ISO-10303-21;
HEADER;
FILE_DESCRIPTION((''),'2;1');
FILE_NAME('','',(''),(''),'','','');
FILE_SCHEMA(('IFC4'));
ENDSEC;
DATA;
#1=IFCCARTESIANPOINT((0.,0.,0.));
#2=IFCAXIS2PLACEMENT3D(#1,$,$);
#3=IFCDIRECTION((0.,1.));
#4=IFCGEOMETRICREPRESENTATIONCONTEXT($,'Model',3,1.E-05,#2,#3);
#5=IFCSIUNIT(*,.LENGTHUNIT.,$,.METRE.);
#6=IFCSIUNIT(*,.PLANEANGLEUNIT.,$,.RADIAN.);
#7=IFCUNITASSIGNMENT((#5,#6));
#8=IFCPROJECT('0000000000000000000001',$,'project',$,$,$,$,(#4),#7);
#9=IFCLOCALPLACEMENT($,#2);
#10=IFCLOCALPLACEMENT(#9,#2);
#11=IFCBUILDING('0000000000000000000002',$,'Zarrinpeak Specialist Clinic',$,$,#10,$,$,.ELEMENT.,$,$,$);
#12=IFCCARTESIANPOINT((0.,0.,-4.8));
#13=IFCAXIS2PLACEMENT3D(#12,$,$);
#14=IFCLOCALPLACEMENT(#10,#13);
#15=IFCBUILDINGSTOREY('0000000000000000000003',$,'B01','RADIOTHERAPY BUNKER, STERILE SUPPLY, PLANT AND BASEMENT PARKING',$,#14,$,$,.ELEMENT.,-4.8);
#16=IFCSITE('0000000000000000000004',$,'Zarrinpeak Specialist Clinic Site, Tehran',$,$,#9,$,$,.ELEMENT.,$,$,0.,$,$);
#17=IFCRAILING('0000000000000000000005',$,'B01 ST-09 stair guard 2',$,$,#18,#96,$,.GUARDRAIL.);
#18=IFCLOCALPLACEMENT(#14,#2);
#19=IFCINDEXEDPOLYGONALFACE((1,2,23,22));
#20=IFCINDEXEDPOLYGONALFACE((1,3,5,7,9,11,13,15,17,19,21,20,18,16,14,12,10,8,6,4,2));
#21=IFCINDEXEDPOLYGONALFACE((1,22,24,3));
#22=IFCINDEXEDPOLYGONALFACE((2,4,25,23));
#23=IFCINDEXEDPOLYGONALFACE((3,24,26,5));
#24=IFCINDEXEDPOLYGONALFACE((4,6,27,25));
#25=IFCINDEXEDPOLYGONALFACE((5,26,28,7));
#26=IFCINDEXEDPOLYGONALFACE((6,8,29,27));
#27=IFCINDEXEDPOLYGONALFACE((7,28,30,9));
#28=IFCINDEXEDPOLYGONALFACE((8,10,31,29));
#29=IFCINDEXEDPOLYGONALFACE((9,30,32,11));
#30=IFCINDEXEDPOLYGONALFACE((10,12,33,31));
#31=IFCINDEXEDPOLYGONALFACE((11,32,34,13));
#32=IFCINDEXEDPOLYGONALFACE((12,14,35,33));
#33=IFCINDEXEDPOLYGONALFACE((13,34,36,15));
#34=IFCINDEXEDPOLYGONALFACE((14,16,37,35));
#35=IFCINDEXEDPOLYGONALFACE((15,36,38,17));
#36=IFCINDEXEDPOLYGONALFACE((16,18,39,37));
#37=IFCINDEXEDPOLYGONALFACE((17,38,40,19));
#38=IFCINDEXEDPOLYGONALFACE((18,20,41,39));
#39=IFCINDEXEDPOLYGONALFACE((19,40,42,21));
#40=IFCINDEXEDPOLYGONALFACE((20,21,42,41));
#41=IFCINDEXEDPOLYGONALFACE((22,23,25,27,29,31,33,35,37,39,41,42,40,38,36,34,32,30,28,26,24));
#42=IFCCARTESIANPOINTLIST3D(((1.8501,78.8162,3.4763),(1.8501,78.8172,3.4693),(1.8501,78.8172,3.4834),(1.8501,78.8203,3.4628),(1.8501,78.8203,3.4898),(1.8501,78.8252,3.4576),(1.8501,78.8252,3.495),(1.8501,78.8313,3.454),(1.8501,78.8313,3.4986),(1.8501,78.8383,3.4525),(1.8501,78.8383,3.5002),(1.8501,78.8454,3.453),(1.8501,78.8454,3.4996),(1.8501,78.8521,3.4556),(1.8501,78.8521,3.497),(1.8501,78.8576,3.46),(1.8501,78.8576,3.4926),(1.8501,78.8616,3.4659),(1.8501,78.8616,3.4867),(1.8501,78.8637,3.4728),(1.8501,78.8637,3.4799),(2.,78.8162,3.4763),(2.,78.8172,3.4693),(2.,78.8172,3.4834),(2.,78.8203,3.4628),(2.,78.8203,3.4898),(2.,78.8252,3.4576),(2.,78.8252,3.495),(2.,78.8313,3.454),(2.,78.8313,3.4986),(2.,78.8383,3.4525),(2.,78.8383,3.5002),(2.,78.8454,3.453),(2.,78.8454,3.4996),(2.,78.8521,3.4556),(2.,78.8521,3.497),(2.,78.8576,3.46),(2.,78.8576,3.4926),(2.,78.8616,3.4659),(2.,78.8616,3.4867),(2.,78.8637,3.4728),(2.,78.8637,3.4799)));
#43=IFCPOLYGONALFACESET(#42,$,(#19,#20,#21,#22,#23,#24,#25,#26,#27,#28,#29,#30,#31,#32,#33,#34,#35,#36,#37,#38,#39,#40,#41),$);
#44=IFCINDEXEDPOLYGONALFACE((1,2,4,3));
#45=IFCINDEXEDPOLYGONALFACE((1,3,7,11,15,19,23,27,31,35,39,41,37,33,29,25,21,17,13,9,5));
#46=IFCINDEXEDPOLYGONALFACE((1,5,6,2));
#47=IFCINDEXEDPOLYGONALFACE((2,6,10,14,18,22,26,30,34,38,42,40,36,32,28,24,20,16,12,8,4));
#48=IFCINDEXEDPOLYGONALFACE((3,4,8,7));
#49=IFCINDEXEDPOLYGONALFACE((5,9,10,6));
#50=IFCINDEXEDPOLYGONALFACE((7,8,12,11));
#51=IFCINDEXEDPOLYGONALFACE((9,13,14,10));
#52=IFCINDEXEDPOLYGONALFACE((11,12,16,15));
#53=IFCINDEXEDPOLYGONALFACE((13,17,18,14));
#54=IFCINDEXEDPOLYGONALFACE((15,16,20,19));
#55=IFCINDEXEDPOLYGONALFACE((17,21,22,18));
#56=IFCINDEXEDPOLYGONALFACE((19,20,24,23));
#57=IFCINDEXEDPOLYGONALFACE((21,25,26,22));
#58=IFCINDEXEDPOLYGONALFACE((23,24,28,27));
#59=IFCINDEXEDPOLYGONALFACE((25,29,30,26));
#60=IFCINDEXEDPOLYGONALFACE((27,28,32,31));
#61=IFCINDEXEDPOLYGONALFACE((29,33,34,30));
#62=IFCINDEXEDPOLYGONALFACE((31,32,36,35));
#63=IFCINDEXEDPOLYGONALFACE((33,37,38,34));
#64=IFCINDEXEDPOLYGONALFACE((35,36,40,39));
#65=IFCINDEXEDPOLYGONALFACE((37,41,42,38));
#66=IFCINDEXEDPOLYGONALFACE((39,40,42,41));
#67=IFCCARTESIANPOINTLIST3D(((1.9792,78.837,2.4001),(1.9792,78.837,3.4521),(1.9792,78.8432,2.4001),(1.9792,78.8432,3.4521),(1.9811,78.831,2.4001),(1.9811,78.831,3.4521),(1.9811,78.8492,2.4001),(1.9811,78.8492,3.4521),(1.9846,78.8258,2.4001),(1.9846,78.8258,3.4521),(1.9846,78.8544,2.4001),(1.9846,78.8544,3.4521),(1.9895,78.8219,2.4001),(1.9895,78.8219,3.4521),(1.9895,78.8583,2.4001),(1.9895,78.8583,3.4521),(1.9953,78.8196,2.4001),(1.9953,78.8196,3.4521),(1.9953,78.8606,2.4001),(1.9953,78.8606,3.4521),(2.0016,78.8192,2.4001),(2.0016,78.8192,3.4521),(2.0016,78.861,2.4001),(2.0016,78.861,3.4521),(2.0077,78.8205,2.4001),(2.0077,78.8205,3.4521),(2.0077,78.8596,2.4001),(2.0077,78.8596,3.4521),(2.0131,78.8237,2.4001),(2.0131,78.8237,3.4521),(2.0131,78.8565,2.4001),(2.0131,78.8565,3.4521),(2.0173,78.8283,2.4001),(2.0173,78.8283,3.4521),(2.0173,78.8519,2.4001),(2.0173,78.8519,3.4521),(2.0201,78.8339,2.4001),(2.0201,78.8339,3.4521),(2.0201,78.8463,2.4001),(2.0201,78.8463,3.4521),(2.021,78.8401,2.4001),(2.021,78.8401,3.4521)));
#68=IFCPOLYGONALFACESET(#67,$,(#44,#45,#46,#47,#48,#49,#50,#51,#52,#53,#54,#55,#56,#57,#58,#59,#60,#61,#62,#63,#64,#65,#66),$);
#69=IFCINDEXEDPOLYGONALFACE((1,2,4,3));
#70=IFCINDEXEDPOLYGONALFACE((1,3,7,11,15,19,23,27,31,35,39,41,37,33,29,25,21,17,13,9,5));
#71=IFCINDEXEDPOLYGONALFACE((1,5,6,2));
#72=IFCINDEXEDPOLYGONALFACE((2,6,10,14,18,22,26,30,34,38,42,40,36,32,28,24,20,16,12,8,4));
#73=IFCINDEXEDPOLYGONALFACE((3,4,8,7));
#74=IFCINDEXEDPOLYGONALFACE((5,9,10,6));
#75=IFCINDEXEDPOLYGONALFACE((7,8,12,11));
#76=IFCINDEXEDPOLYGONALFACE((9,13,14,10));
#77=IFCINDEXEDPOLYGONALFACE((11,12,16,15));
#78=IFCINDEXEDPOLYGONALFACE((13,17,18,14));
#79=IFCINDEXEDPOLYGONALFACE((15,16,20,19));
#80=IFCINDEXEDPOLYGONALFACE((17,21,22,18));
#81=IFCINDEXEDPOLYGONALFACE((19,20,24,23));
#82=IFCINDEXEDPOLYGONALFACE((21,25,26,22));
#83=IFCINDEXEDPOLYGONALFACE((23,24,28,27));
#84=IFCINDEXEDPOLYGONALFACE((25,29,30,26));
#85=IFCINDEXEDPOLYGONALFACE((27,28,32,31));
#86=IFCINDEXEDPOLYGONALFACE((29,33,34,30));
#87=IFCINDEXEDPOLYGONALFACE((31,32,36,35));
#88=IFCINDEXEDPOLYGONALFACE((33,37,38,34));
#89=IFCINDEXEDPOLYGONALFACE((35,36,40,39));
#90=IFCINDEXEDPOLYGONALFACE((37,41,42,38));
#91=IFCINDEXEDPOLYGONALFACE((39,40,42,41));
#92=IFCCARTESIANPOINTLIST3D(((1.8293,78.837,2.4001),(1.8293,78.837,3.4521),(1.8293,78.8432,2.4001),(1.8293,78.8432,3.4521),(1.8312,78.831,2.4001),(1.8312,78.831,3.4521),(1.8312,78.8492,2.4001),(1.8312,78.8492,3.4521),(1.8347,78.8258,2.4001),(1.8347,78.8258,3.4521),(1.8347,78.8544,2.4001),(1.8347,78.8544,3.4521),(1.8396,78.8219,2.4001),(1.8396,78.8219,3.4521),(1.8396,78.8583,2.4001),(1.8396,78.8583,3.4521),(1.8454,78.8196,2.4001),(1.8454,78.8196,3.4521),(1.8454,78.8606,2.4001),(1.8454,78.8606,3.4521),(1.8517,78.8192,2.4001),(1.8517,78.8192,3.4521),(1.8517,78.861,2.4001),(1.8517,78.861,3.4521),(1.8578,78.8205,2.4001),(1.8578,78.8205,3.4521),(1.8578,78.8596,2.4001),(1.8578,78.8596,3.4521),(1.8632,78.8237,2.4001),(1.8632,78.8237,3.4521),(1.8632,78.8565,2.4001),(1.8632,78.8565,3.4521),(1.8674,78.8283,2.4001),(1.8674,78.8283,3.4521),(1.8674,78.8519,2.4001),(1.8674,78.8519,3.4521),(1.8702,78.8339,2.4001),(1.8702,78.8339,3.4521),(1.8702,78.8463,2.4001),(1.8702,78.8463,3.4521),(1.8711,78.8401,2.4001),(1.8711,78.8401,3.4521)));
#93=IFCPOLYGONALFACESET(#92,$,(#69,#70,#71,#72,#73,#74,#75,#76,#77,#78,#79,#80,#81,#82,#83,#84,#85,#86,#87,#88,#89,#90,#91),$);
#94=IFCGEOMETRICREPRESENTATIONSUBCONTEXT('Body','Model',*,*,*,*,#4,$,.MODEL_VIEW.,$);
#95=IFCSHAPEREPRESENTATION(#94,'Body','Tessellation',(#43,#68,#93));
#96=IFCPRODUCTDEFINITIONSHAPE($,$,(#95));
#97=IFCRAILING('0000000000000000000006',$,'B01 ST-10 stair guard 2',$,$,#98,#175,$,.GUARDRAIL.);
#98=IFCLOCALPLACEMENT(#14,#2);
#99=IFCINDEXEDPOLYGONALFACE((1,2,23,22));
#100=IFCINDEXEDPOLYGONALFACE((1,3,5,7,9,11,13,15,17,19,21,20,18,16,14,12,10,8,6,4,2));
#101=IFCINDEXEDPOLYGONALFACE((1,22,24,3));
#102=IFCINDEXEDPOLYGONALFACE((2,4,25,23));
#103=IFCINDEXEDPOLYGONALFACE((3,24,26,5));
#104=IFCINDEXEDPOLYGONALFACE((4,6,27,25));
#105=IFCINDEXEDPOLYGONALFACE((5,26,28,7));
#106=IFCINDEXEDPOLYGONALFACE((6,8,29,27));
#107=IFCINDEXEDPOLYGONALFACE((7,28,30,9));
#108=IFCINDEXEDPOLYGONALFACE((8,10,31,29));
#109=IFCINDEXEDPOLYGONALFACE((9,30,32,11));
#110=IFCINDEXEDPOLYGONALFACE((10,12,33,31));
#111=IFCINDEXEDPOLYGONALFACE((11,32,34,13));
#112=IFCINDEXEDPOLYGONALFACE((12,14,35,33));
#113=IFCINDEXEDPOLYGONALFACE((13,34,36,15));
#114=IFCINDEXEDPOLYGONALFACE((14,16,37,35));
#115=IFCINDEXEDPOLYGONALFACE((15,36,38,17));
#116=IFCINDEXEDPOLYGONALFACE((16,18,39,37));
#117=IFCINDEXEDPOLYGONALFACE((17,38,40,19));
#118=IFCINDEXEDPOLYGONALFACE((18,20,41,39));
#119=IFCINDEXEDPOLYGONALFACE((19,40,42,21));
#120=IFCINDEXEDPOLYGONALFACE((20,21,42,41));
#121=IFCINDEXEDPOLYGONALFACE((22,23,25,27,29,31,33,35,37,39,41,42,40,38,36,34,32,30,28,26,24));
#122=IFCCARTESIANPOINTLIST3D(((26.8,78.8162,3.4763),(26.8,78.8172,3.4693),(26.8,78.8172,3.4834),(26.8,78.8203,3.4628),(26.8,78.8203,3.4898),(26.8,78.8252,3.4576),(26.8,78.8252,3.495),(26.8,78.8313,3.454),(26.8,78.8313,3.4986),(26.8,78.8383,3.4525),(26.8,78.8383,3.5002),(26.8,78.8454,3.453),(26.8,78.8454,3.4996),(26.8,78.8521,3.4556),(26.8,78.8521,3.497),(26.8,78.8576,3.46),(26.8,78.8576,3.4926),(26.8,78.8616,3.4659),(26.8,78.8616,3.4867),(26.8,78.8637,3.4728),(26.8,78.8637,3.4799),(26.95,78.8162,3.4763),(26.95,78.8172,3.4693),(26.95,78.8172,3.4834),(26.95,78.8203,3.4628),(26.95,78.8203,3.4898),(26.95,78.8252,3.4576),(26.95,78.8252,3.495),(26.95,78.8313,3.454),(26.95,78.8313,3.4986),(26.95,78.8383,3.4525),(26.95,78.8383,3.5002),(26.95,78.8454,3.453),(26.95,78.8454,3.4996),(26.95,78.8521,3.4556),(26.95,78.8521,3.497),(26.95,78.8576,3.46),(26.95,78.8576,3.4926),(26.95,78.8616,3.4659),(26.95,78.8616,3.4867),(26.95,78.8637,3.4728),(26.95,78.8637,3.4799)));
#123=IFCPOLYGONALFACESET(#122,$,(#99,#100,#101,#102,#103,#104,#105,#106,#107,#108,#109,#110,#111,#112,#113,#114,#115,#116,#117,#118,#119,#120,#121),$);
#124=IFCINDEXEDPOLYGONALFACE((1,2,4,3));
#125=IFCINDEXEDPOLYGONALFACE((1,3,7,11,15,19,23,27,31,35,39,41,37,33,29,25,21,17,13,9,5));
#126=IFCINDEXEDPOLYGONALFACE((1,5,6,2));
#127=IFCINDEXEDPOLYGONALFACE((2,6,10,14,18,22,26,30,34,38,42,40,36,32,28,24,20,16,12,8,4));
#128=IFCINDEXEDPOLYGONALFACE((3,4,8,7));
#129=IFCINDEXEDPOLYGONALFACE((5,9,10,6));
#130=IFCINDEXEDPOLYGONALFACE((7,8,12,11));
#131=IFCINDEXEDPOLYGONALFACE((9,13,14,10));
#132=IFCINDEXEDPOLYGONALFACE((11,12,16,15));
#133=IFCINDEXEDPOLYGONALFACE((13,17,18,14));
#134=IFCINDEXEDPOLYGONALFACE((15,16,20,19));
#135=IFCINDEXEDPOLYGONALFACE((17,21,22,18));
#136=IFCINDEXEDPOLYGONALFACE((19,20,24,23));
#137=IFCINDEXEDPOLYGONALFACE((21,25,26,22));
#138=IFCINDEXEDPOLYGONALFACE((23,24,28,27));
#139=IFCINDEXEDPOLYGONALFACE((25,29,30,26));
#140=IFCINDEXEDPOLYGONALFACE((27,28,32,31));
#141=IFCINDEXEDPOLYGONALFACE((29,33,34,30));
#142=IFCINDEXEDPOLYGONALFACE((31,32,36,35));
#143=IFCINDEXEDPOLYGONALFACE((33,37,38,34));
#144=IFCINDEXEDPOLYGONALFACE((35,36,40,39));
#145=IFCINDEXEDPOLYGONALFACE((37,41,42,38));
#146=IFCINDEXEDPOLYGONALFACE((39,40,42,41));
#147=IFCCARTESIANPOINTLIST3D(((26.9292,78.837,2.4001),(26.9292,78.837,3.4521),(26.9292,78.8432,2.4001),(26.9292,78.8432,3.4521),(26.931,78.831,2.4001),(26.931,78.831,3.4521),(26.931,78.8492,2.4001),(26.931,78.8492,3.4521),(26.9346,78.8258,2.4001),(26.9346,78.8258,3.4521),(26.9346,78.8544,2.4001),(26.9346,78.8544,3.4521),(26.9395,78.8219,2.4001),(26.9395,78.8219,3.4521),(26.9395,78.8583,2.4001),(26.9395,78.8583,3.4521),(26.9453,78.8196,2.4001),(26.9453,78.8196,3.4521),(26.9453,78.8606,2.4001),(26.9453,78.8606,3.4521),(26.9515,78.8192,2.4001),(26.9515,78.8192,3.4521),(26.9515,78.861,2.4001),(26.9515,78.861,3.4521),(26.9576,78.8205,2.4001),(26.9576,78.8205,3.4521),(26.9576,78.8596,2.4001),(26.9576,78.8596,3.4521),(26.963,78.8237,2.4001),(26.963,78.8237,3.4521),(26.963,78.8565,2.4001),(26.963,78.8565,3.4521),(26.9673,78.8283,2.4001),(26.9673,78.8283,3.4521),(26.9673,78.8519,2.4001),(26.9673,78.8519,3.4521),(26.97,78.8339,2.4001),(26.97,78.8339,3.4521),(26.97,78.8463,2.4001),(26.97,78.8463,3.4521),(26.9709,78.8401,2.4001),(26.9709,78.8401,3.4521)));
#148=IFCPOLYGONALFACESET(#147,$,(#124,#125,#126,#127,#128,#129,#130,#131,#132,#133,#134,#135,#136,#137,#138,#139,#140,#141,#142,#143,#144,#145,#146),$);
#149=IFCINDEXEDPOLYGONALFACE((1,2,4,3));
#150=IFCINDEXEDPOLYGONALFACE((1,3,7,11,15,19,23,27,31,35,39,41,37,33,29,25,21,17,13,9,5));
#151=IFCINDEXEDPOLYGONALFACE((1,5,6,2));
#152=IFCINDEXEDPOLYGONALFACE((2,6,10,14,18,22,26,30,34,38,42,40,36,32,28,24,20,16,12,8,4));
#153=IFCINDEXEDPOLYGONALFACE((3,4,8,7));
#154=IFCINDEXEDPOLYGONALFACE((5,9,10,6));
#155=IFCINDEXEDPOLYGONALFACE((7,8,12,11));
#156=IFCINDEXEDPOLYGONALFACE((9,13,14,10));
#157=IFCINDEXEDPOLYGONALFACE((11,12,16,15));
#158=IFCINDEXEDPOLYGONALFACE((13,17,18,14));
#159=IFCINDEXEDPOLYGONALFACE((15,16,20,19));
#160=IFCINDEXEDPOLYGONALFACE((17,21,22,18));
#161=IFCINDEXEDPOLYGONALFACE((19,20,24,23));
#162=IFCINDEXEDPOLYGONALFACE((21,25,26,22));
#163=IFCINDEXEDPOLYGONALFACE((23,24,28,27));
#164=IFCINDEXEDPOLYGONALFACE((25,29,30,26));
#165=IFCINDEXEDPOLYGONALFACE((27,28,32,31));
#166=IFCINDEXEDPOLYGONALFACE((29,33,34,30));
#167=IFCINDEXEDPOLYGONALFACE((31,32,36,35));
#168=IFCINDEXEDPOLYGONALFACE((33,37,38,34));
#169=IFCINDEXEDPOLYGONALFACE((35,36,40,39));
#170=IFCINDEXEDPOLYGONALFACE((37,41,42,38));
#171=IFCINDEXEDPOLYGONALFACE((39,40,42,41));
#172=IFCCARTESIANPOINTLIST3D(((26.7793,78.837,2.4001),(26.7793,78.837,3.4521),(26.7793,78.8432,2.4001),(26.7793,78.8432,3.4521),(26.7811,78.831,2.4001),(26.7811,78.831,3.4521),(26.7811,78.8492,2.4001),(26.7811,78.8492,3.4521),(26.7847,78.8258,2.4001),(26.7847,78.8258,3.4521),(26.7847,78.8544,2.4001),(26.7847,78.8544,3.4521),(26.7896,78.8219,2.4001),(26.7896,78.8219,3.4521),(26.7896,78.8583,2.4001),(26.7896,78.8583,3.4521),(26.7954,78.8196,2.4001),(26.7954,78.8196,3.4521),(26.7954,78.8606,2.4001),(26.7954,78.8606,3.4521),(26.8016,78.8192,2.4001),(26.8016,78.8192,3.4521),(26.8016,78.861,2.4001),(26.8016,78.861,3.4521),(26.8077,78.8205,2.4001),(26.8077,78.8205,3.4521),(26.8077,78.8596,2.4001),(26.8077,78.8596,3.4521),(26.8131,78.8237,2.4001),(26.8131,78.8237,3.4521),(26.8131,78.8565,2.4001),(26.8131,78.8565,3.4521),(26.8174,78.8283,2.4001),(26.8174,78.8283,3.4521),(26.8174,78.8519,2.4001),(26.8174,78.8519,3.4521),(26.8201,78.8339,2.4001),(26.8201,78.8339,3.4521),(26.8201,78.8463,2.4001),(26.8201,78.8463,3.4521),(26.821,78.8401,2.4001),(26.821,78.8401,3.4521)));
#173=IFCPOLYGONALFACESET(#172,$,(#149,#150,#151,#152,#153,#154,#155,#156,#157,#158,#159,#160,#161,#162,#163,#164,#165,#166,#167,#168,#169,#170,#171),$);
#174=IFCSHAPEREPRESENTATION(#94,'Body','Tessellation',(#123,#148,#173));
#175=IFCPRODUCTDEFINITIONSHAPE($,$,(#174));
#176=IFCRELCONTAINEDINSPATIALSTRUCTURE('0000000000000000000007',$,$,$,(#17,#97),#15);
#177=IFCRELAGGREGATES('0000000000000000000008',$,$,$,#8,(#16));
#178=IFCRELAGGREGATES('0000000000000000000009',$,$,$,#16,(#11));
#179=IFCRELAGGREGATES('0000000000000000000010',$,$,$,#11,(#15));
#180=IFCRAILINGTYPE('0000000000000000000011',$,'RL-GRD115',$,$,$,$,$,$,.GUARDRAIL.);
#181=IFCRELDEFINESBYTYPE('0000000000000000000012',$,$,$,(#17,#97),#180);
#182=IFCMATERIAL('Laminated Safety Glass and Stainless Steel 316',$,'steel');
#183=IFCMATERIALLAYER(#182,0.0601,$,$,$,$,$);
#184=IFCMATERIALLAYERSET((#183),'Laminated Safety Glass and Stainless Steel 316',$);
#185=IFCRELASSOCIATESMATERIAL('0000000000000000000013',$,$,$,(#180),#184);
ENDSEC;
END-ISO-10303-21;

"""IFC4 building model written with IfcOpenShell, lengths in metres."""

from ifc_helpers import new_model, si_unit, direction, frame, origin, origin_2d, place, context, subcontext, project, spatial, circle, extrude, material, layer, layer_set, type_object, element, save


model = new_model("IFC4")

# Units and contexts
model_context = context("Model", 3, precision=1e-05, world=origin(), true_north=direction((0.0, 1.0)))
body_context = subcontext(model_context, "Body", "Model", "MODEL_VIEW")
ifc_project = project(units=[si_unit("LENGTHUNIT", "METRE"), si_unit("PLANEANGLEUNIT", "RADIAN")], contexts=[model_context])

# Site, building, storey
site_placement = place(None, origin())
site = spatial("IfcSite", under=ifc_project, at=site_placement, Name="Zarrinpeak Specialist Clinic Site, Tehran", CompositionType="ELEMENT", RefElevation=0.0)
building_placement = place(site_placement, origin())
building = spatial("IfcBuilding", under=site, at=building_placement, Name="Zarrinpeak Specialist Clinic", CompositionType="ELEMENT")
storey_placement = place(building_placement, frame((0.0, 0.0, -4.8)))
storey = spatial("IfcBuildingStorey", under=building, at=storey_placement, Name="B01", Description="RADIOTHERAPY BUNKER, STERILE SUPPLY, PLANT AND BASEMENT PARKING", CompositionType="ELEMENT", Elevation=-4.8)

# Railings
ifc_material_1 = material(Name="Laminated Safety Glass and Stainless Steel 316", Category="steel")
ifc_layer_1 = layer(ifc_material_1, 0.0601)
ifc_layer_set_1 = layer_set([ifc_layer_1], Name="Laminated Safety Glass and Stainless Steel 316")
railing_type = type_object("IfcRailingType", Name="RL-GRD115", PredefinedType="GUARDRAIL", material=ifc_layer_set_1)
for number, where, name in (
    (1, (2.0, 78.8401, 2.4001), "B01 ST-09 stair guard 2"),
    (2, (26.95, 78.8401, 2.4001), "B01 ST-10 stair guard 2"),
):
    element("IfcRailing", number, at=place(storey_placement, frame(where)), inside=storey, type_object=railing_type, Name=name, PredefinedType="GUARDRAIL", context=body_context, shape_type="SweptSolid", body=[
        extrude(circle(Radius=0.0239, at=origin_2d()), frame((0.0, 0.0, 1.0762), z_axis=(-1.0, 0.0, 0.0), x_axis=(0.0, -1.0, 0.0)), (0.0, 0.0, 1.0), 0.1499),
        extrude(circle(Radius=0.021, at=origin_2d()), origin(), (0.0, 0.0, 1.0), 1.052),
        extrude(circle(Radius=0.021, at=origin_2d()), frame((-0.1499, 0.0, 0.0)), (0.0, 0.0, 1.0), 1.052),
    ])

save(model, "model.ifc")
